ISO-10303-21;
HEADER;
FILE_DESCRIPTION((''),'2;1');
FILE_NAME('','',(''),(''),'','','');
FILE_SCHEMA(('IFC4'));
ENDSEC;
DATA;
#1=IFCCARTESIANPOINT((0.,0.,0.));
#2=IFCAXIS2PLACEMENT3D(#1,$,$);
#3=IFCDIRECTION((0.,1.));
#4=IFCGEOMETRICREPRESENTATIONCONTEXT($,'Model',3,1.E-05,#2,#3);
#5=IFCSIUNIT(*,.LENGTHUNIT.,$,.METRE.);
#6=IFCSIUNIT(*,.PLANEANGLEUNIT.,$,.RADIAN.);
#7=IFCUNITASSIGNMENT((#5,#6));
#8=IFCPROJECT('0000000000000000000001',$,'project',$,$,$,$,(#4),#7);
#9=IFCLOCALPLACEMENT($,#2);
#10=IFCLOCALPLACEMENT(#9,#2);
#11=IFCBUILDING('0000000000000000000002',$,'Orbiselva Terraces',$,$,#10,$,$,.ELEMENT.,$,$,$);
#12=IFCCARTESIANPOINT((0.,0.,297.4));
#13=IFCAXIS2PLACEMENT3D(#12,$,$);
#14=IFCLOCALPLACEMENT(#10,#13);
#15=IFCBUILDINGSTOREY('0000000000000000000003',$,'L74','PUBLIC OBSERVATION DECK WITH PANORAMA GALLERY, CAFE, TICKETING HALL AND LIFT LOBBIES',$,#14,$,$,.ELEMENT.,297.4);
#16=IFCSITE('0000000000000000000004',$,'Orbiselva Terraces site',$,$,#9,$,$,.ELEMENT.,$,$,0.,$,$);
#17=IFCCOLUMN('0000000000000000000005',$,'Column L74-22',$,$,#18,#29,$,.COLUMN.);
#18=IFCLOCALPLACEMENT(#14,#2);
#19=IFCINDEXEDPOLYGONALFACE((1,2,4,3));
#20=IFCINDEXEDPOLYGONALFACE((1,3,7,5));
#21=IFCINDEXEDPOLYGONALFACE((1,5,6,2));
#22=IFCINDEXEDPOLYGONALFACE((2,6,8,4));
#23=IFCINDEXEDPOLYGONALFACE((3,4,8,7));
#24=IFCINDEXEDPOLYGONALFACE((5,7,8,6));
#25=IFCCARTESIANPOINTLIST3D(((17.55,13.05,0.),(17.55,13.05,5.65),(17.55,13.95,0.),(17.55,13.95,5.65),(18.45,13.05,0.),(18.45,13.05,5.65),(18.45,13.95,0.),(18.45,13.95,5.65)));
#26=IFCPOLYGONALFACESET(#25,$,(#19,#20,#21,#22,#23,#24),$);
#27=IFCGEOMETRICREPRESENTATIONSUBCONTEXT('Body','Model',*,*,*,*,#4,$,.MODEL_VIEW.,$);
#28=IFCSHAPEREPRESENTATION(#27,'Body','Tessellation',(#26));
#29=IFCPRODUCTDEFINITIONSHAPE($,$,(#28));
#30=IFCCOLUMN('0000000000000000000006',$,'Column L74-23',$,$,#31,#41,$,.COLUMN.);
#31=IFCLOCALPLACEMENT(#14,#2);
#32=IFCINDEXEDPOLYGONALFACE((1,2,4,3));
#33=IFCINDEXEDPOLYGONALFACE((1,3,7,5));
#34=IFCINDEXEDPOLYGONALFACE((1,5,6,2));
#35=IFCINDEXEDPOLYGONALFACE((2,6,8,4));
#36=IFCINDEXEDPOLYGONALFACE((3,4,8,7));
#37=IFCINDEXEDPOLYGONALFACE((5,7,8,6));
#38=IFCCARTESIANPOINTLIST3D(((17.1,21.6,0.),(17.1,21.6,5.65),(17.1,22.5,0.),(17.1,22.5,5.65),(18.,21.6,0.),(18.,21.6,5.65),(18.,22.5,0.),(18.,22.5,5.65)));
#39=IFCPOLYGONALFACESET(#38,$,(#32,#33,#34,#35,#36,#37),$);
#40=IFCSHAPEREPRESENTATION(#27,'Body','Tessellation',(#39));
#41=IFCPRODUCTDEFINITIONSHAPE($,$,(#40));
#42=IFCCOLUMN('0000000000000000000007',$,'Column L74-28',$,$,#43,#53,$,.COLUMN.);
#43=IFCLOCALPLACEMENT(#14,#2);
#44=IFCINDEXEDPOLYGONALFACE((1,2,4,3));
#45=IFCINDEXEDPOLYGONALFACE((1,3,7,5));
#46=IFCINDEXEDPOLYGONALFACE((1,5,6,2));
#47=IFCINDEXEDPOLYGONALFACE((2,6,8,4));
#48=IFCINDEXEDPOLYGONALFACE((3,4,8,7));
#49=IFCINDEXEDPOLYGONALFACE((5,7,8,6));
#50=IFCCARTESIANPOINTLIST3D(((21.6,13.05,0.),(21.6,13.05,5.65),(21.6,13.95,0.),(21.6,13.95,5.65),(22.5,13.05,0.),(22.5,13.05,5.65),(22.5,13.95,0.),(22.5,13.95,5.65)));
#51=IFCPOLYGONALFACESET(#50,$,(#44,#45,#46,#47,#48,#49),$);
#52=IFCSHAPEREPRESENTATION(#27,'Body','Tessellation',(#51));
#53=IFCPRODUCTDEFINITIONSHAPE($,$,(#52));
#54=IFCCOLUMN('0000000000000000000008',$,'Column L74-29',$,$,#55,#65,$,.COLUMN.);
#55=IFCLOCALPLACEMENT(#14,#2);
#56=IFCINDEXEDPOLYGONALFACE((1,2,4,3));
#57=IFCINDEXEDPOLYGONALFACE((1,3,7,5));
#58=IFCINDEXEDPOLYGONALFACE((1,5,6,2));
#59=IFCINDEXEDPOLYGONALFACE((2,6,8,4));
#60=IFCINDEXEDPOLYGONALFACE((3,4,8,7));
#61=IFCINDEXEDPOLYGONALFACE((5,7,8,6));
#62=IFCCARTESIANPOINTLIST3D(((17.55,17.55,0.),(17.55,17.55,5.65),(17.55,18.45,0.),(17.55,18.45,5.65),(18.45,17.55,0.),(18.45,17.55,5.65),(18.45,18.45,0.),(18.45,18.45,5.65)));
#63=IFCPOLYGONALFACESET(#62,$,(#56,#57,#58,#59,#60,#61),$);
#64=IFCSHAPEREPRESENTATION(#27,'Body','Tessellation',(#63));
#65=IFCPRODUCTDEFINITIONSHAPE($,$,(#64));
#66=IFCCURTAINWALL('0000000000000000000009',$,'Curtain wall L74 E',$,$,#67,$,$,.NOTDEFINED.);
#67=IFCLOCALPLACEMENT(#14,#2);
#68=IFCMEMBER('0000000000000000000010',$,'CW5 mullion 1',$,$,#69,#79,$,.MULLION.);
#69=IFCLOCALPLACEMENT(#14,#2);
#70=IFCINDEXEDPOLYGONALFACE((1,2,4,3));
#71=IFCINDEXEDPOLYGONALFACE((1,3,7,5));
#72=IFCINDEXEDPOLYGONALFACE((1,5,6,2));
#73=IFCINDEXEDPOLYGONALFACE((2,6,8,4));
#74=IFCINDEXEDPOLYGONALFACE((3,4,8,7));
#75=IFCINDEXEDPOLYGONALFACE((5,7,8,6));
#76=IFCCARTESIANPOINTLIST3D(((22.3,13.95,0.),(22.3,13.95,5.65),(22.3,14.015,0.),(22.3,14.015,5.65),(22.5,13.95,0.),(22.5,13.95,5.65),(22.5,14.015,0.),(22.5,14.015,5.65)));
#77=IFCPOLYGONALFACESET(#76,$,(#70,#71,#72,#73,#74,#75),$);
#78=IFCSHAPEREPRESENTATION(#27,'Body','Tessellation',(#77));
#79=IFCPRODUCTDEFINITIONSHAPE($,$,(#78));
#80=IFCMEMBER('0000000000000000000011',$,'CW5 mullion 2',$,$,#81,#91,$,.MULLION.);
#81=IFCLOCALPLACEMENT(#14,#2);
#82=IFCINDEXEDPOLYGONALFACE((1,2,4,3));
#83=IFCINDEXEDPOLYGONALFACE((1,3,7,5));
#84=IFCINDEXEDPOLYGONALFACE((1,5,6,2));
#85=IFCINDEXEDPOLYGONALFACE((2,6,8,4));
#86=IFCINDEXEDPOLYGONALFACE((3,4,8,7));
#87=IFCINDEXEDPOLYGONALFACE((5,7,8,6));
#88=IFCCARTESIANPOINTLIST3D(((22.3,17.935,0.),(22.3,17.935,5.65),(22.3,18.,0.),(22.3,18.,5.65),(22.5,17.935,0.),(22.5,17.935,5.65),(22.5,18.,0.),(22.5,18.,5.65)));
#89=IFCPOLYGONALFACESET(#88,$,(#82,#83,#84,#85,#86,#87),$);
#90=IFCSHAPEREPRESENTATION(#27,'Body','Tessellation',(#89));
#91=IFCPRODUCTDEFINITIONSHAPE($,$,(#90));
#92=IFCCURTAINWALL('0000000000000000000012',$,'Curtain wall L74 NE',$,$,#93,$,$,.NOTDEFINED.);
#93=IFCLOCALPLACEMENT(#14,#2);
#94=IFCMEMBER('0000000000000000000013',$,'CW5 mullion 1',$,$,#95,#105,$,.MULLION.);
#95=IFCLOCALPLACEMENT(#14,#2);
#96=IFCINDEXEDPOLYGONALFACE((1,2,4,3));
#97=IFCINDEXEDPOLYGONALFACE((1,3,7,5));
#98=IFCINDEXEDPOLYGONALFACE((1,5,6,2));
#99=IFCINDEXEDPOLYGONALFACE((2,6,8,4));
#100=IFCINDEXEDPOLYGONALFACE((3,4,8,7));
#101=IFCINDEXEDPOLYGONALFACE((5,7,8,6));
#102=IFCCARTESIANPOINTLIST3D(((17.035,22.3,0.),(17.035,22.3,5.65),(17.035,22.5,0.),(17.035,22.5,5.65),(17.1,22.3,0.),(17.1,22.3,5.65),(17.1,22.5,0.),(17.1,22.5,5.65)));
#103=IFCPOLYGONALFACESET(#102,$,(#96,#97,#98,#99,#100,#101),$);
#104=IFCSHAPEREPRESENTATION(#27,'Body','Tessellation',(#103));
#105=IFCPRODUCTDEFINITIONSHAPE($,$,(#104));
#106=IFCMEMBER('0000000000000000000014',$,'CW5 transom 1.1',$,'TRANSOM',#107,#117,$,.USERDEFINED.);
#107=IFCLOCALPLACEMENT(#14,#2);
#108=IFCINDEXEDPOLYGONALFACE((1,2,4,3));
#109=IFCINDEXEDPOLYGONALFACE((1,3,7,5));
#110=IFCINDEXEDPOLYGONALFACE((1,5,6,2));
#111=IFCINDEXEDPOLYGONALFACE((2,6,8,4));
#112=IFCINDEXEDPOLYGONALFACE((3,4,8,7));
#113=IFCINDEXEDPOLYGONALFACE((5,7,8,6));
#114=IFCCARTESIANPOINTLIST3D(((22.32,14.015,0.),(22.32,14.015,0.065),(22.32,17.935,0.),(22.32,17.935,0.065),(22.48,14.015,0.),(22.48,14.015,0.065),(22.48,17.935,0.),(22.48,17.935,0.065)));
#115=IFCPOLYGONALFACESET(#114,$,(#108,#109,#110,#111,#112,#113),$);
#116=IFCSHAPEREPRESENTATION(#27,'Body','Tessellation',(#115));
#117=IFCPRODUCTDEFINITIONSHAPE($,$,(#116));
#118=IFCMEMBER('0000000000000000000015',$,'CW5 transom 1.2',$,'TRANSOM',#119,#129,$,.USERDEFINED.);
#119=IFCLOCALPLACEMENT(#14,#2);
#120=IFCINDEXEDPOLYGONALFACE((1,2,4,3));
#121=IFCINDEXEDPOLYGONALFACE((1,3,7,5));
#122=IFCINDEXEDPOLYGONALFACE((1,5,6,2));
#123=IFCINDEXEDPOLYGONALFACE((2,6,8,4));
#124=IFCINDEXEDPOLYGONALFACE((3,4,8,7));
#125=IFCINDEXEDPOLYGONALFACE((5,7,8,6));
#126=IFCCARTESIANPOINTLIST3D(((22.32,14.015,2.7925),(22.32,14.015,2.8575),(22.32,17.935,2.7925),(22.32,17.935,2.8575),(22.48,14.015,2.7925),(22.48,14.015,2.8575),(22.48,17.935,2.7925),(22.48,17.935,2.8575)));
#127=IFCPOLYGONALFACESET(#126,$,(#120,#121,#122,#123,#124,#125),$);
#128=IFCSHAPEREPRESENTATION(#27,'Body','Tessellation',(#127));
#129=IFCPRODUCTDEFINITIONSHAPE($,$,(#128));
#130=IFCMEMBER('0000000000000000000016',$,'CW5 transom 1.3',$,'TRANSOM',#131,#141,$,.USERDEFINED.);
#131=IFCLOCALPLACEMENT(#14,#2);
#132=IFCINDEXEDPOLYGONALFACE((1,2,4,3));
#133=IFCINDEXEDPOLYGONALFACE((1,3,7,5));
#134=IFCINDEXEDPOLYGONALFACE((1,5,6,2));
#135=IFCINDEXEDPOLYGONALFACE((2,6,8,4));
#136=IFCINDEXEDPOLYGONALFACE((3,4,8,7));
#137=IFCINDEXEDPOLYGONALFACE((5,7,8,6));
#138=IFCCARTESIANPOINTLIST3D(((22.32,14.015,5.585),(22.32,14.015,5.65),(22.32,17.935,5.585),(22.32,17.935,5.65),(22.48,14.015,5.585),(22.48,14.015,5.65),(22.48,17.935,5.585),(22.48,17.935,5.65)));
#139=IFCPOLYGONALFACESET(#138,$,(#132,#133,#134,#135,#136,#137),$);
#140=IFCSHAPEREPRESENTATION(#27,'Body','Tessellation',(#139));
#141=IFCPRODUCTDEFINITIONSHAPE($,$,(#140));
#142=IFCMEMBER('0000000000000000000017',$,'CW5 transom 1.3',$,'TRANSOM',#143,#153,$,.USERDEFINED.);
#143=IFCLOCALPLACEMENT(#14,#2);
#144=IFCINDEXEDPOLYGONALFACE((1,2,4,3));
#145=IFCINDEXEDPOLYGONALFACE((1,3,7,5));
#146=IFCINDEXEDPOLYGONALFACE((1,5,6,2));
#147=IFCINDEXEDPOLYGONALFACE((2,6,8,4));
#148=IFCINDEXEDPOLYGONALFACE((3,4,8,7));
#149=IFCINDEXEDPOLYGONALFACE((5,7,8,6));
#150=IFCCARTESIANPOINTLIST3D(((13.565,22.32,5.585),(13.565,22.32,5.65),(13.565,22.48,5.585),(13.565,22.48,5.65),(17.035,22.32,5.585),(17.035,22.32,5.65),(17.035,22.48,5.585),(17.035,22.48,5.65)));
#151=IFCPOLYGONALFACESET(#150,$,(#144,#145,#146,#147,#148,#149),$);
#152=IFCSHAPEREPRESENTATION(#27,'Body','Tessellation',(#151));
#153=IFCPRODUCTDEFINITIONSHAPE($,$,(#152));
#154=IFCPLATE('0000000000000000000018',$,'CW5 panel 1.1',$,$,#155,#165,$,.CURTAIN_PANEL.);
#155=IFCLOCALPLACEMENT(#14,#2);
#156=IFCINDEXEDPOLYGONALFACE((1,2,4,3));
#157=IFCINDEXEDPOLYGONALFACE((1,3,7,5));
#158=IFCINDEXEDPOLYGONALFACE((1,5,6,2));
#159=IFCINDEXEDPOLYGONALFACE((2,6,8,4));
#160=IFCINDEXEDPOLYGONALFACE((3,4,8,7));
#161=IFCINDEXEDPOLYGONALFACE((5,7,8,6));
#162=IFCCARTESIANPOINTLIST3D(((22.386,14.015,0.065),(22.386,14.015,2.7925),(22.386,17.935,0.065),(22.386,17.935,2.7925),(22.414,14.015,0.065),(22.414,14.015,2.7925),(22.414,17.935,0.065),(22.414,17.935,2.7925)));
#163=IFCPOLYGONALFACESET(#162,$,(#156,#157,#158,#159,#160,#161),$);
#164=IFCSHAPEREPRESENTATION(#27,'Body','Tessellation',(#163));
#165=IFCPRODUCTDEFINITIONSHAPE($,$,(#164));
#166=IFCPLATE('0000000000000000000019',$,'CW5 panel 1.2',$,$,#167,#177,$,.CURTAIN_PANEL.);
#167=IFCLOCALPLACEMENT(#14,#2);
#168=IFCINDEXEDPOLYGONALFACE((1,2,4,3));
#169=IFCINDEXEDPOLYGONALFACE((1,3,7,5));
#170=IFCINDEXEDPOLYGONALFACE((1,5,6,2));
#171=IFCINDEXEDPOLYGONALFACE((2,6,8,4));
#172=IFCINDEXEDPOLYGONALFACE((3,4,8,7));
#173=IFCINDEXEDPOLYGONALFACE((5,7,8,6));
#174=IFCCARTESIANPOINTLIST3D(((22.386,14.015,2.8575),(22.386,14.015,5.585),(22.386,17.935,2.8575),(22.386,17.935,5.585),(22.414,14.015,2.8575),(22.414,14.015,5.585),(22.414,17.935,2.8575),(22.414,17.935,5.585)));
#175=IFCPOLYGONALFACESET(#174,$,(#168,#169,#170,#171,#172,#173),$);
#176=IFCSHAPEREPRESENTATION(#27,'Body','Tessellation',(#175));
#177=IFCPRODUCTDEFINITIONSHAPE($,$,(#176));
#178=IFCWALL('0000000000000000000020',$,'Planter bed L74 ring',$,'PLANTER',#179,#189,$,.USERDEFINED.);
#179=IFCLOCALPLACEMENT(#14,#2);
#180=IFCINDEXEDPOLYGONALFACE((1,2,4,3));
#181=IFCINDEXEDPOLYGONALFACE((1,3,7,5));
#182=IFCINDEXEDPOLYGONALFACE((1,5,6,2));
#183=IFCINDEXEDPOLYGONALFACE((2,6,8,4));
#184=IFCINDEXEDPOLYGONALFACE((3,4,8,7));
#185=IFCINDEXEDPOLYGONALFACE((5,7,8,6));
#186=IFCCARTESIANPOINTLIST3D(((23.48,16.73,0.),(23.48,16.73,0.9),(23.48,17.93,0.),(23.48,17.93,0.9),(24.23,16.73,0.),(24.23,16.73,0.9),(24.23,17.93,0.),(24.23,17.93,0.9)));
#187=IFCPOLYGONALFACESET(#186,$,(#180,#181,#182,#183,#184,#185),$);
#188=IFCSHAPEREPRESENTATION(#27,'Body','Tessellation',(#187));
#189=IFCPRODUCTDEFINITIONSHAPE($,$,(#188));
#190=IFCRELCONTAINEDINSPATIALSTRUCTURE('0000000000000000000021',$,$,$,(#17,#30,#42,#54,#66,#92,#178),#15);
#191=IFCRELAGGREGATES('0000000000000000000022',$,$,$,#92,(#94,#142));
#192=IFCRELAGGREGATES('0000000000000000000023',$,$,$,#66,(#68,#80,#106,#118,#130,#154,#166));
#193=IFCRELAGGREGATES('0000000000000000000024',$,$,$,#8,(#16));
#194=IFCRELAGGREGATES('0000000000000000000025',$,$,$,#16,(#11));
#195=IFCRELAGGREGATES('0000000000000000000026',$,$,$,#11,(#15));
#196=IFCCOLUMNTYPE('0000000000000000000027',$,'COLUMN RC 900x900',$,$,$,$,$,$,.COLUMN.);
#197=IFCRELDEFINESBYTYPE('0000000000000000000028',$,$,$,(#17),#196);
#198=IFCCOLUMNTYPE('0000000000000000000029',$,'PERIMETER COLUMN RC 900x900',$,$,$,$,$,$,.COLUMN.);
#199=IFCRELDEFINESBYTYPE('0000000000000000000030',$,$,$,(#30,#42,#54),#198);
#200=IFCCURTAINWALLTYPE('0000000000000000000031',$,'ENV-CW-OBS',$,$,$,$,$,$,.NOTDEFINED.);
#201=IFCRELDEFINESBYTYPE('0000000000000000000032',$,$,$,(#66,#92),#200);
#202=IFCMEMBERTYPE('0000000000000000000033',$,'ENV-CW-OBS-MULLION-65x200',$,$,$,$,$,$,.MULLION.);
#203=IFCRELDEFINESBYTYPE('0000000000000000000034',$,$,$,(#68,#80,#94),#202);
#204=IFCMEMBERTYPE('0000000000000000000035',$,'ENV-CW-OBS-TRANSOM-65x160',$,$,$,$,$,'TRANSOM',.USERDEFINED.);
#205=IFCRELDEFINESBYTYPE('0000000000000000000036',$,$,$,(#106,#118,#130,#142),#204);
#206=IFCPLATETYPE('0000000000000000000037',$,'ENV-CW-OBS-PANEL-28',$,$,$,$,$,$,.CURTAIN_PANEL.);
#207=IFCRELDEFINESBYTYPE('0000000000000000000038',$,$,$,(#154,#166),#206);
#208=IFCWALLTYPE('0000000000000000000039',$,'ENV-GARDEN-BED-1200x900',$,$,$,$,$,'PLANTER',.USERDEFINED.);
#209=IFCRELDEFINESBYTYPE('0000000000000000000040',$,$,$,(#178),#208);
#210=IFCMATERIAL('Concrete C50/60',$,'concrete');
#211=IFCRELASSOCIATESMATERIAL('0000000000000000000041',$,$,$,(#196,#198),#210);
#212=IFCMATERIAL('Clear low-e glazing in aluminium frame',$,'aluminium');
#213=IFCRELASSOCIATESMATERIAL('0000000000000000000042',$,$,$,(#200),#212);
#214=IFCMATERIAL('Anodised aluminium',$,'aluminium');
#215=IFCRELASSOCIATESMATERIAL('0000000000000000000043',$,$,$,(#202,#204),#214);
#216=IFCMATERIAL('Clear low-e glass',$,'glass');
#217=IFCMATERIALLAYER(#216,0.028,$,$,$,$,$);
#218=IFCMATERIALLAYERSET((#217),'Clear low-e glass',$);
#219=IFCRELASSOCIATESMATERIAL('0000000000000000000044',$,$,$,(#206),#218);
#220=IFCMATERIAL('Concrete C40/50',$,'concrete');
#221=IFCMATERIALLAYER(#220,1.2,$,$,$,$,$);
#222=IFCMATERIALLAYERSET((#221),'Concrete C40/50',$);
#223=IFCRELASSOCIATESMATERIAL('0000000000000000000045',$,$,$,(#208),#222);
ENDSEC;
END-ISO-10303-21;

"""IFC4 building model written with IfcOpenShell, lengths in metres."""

from ifc_helpers import new_model, si_unit, direction, frame, frame_2d, origin, origin_2d, place, context, subcontext, project, spatial, rectangle, extrude, material, layer, layer_set, material_profile, profile_set, type_object, element, aggregate, save


model = new_model("IFC4")

# Units and contexts
model_context = context("Model", 3, precision=1e-05, world=origin(), true_north=direction((0.0, 1.0)))
body_context = subcontext(model_context, "Body", "Model", "MODEL_VIEW")
ifc_project = project(units=[si_unit("LENGTHUNIT", "METRE"), si_unit("PLANEANGLEUNIT", "RADIAN")], contexts=[model_context])

# Site, building, storey
site_placement = place(None, origin())
site = spatial("IfcSite", under=ifc_project, at=site_placement, Name="Orbiselva Terraces site", CompositionType="ELEMENT", RefElevation=0.0)
building_placement = place(site_placement, origin())
building = spatial("IfcBuilding", under=site, at=building_placement, Name="Orbiselva Terraces", CompositionType="ELEMENT")
storey_placement = place(building_placement, frame((0.0, 0.0, 297.4)))
storey = spatial("IfcBuildingStorey", under=building, at=storey_placement, Name="L74", Description="PUBLIC OBSERVATION DECK WITH PANORAMA GALLERY, CAFE, TICKETING HALL AND LIFT LOBBIES", CompositionType="ELEMENT", Elevation=297.4)

# Columns
ifc_material_1 = material(Name="Concrete C50/60", Category="concrete")
ifc_material_profile_1 = material_profile(ifc_material_1, rectangle(XDim=0.9, YDim=0.9, at=origin_2d()), Name="RC 900x900")
ifc_profile_set_1 = profile_set([ifc_material_profile_1], Name="Concrete C50/60")
column_type_1 = type_object("IfcColumnType", Name="COLUMN RC 900x900", PredefinedType="COLUMN", material=ifc_profile_set_1)
column_placement = place(storey_placement, frame((18.0, 13.5, 0.0), z_axis=(0.0, 0.0, 1.0), x_axis=(1.0, 0.0, 0.0)))
element("IfcColumn", 1, at=column_placement, inside=storey, type_object=column_type_1, Name="Column L74-22", PredefinedType="COLUMN", context=body_context, shape_type="SweptSolid", body=[
    extrude(rectangle(XDim=0.9, YDim=0.9, at=origin_2d()), origin(), (0.0, 0.0, 1.0), 5.65),
])
ifc_material_profile_2 = material_profile(ifc_material_1, rectangle(XDim=0.9, YDim=0.9, at=origin_2d()), Name="RC 900x900")
ifc_profile_set_2 = profile_set([ifc_material_profile_2], Name="Concrete C50/60")
column_type_2 = type_object("IfcColumnType", Name="PERIMETER COLUMN RC 900x900", PredefinedType="COLUMN", material=ifc_profile_set_2)
for number, where, z_axis, x_axis, name in (
    (2, (17.55, 22.05, 0.0), (0.0, 0.0, 1.0), (1.0, 0.0, 0.0), "Column L74-23"),
    (3, (22.05, 13.5, 0.0), (0.0, 0.0, 1.0), (1.0, 0.0, 0.0), "Column L74-28"),
    (4, (18.0, 18.0, 0.0), (0.0, 0.0, 1.0), (1.0, 0.0, 0.0), "Column L74-29"),
):
    element("IfcColumn", number, at=place(storey_placement, frame(where, z_axis=z_axis, x_axis=x_axis)), inside=storey, type_object=column_type_2, Name=name, PredefinedType="COLUMN", context=body_context, shape_type="SweptSolid", body=[
        extrude(rectangle(XDim=0.9, YDim=0.9, at=origin_2d()), origin(), (0.0, 0.0, 1.0), 5.65),
    ])

# Curtain wall, members
ifc_material_2 = material(Name="Clear low-e glazing in aluminium frame", Category="aluminium")
curtain_wall_type = type_object("IfcCurtainWallType", Name="ENV-CW-OBS", PredefinedType="NOTDEFINED", material=ifc_material_2)
curtain_wall_1_placement = place(storey_placement, origin())
curtain_wall_1 = element("IfcCurtainWall", 5, at=curtain_wall_1_placement, inside=storey, type_object=curtain_wall_type, Name="Curtain wall L74 E", PredefinedType="NOTDEFINED")
ifc_material_3 = material(Name="Anodised aluminium", Category="aluminium")
ifc_material_profile_3 = material_profile(ifc_material_3, rectangle(XDim=0.2, YDim=0.065, at=origin_2d()), Name="AL 65x200")
ifc_profile_set_3 = profile_set([ifc_material_profile_3], Name="Anodised aluminium")
member_type_1 = type_object("IfcMemberType", Name="ENV-CW-OBS-MULLION-65x200", PredefinedType="MULLION", material=ifc_profile_set_3)
member_1_placement = place(storey_placement, frame((22.4, 13.9825, 0.0), z_axis=(0.0, 0.0, 1.0), x_axis=(-1.0, 0.0, 0.0)))
member_1 = element("IfcMember", 6, at=member_1_placement, type_object=member_type_1, Name="CW5 mullion 1", PredefinedType="MULLION", context=body_context, shape_type="SweptSolid", body=[
    extrude(rectangle(XDim=0.2, YDim=0.065, at=origin_2d()), origin(), (0.0, 0.0, 1.0), 5.65),
])
member_2_placement = place(storey_placement, frame((22.4, 17.9675, 0.0), z_axis=(0.0, 0.0, 1.0), x_axis=(-1.0, 0.0, 0.0)))
member_2 = element("IfcMember", 7, at=member_2_placement, type_object=member_type_1, Name="CW5 mullion 2", PredefinedType="MULLION", context=body_context, shape_type="SweptSolid", body=[
    extrude(rectangle(XDim=0.2, YDim=0.065, at=origin_2d()), origin(), (0.0, 0.0, 1.0), 5.65),
])

# Curtain wall, member
curtain_wall_2_placement = place(storey_placement, origin())
curtain_wall_2 = element("IfcCurtainWall", 8, at=curtain_wall_2_placement, inside=storey, type_object=curtain_wall_type, Name="Curtain wall L74 NE", PredefinedType="NOTDEFINED")
member_3_placement = place(storey_placement, frame((17.0675, 22.4, 0.0), z_axis=(0.0, 0.0, 1.0), x_axis=(0.0, -1.0, 0.0)))
member_3 = element("IfcMember", 9, at=member_3_placement, type_object=member_type_1, Name="CW5 mullion 1", PredefinedType="MULLION", context=body_context, shape_type="SweptSolid", body=[
    extrude(rectangle(XDim=0.2, YDim=0.065, at=origin_2d()), origin(), (0.0, 0.0, 1.0), 5.65),
])

# Members
ifc_material_profile_4 = material_profile(ifc_material_3, rectangle(XDim=0.16, YDim=0.065, at=origin_2d()), Name="AL 65x160")
ifc_profile_set_4 = profile_set([ifc_material_profile_4], Name="Anodised aluminium")
member_type_2 = type_object("IfcMemberType", Name="ENV-CW-OBS-TRANSOM-65x160", ElementType="TRANSOM", PredefinedType="USERDEFINED", material=ifc_profile_set_4)
member_4_placement = place(storey_placement, frame((22.4, 14.015, 0.0325), z_axis=(0.0, 1.0, 0.0), x_axis=(-1.0, 0.0, 0.0)))
member_4 = element("IfcMember", 10, at=member_4_placement, type_object=member_type_2, Name="CW5 transom 1.1", ObjectType="TRANSOM", PredefinedType="USERDEFINED", context=body_context, shape_type="SweptSolid", body=[
    extrude(rectangle(XDim=0.16, YDim=0.065, at=origin_2d()), origin(), (0.0, 0.0, 1.0), 3.92),
])
member_5_placement = place(storey_placement, frame((22.4, 14.015, 2.825), z_axis=(0.0, 1.0, 0.0), x_axis=(-1.0, 0.0, 0.0)))
member_5 = element("IfcMember", 11, at=member_5_placement, type_object=member_type_2, Name="CW5 transom 1.2", ObjectType="TRANSOM", PredefinedType="USERDEFINED", context=body_context, shape_type="SweptSolid", body=[
    extrude(rectangle(XDim=0.16, YDim=0.065, at=origin_2d()), origin(), (0.0, 0.0, 1.0), 3.92),
])
member_6_placement = place(storey_placement, frame((22.4, 14.015, 5.6175), z_axis=(0.0, 1.0, 0.0), x_axis=(-1.0, 0.0, 0.0)))
member_6 = element("IfcMember", 12, at=member_6_placement, type_object=member_type_2, Name="CW5 transom 1.3", ObjectType="TRANSOM", PredefinedType="USERDEFINED", context=body_context, shape_type="SweptSolid", body=[
    extrude(rectangle(XDim=0.16, YDim=0.065, at=origin_2d()), origin(), (0.0, 0.0, 1.0), 3.92),
])
member_7_placement = place(storey_placement, frame((17.035, 22.4, 5.6175), z_axis=(-1.0, 0.0, 0.0), x_axis=(0.0, -1.0, 0.0)))
member_7 = element("IfcMember", 13, at=member_7_placement, type_object=member_type_2, Name="CW5 transom 1.3", ObjectType="TRANSOM", PredefinedType="USERDEFINED", context=body_context, shape_type="SweptSolid", body=[
    extrude(rectangle(XDim=0.16, YDim=0.065, at=origin_2d()), origin(), (0.0, 0.0, 1.0), 3.47),
])
aggregate(curtain_wall_2, [member_3, member_7])

# Plates
ifc_material_4 = material(Name="Clear low-e glass", Category="glass")
ifc_layer_1 = layer(ifc_material_4, 0.028)
ifc_layer_set_1 = layer_set([ifc_layer_1], Name="Clear low-e glass")
plate_type = type_object("IfcPlateType", Name="ENV-CW-OBS-PANEL-28", PredefinedType="CURTAIN_PANEL", material=ifc_layer_set_1)
plate_1_placement = place(storey_placement, frame((22.4, 15.975, 0.065), z_axis=(0.0, 0.0, 1.0), x_axis=(0.0, 1.0, 0.0)))
plate_1 = element("IfcPlate", 14, at=plate_1_placement, type_object=plate_type, Name="CW5 panel 1.1", PredefinedType="CURTAIN_PANEL", context=body_context, shape_type="SweptSolid", body=[
    extrude(rectangle(XDim=3.92, YDim=0.028, at=origin_2d()), origin(), (0.0, 0.0, 1.0), 2.7275),
])
plate_2_placement = place(storey_placement, frame((22.4, 15.975, 2.8575), z_axis=(0.0, 0.0, 1.0), x_axis=(0.0, 1.0, 0.0)))
plate_2 = element("IfcPlate", 15, at=plate_2_placement, type_object=plate_type, Name="CW5 panel 1.2", PredefinedType="CURTAIN_PANEL", context=body_context, shape_type="SweptSolid", body=[
    extrude(rectangle(XDim=3.92, YDim=0.028, at=origin_2d()), origin(), (0.0, 0.0, 1.0), 2.7275),
])
aggregate(curtain_wall_1, [member_1, member_2, member_4, member_5, member_6, plate_1, plate_2])

# Wall
ifc_material_5 = material(Name="Concrete C40/50", Category="concrete")
ifc_layer_2 = layer(ifc_material_5, 1.2)
ifc_layer_set_2 = layer_set([ifc_layer_2], Name="Concrete C40/50")
wall_type_1 = type_object("IfcWallType", Name="ENV-GARDEN-BED-1200x900", ElementType="PLANTER", PredefinedType="USERDEFINED", material=ifc_layer_set_2)
wall_1_placement = place(storey_placement, frame((24.23, 17.33, 0.0), z_axis=(0.0, 0.0, 1.0), x_axis=(-1.0, 0.0, 0.0)))
element("IfcWall", 16, at=wall_1_placement, inside=storey, type_object=wall_type_1, Name="Planter bed L74 ring", ObjectType="PLANTER", PredefinedType="USERDEFINED", context=body_context, shape_type="SweptSolid", body=[
    extrude(rectangle(XDim=0.75, YDim=1.2, at=frame_2d((0.375, 0.0))), origin(), (0.0, 0.0, 1.0), 0.9),
])

save(model, "model.ifc")
